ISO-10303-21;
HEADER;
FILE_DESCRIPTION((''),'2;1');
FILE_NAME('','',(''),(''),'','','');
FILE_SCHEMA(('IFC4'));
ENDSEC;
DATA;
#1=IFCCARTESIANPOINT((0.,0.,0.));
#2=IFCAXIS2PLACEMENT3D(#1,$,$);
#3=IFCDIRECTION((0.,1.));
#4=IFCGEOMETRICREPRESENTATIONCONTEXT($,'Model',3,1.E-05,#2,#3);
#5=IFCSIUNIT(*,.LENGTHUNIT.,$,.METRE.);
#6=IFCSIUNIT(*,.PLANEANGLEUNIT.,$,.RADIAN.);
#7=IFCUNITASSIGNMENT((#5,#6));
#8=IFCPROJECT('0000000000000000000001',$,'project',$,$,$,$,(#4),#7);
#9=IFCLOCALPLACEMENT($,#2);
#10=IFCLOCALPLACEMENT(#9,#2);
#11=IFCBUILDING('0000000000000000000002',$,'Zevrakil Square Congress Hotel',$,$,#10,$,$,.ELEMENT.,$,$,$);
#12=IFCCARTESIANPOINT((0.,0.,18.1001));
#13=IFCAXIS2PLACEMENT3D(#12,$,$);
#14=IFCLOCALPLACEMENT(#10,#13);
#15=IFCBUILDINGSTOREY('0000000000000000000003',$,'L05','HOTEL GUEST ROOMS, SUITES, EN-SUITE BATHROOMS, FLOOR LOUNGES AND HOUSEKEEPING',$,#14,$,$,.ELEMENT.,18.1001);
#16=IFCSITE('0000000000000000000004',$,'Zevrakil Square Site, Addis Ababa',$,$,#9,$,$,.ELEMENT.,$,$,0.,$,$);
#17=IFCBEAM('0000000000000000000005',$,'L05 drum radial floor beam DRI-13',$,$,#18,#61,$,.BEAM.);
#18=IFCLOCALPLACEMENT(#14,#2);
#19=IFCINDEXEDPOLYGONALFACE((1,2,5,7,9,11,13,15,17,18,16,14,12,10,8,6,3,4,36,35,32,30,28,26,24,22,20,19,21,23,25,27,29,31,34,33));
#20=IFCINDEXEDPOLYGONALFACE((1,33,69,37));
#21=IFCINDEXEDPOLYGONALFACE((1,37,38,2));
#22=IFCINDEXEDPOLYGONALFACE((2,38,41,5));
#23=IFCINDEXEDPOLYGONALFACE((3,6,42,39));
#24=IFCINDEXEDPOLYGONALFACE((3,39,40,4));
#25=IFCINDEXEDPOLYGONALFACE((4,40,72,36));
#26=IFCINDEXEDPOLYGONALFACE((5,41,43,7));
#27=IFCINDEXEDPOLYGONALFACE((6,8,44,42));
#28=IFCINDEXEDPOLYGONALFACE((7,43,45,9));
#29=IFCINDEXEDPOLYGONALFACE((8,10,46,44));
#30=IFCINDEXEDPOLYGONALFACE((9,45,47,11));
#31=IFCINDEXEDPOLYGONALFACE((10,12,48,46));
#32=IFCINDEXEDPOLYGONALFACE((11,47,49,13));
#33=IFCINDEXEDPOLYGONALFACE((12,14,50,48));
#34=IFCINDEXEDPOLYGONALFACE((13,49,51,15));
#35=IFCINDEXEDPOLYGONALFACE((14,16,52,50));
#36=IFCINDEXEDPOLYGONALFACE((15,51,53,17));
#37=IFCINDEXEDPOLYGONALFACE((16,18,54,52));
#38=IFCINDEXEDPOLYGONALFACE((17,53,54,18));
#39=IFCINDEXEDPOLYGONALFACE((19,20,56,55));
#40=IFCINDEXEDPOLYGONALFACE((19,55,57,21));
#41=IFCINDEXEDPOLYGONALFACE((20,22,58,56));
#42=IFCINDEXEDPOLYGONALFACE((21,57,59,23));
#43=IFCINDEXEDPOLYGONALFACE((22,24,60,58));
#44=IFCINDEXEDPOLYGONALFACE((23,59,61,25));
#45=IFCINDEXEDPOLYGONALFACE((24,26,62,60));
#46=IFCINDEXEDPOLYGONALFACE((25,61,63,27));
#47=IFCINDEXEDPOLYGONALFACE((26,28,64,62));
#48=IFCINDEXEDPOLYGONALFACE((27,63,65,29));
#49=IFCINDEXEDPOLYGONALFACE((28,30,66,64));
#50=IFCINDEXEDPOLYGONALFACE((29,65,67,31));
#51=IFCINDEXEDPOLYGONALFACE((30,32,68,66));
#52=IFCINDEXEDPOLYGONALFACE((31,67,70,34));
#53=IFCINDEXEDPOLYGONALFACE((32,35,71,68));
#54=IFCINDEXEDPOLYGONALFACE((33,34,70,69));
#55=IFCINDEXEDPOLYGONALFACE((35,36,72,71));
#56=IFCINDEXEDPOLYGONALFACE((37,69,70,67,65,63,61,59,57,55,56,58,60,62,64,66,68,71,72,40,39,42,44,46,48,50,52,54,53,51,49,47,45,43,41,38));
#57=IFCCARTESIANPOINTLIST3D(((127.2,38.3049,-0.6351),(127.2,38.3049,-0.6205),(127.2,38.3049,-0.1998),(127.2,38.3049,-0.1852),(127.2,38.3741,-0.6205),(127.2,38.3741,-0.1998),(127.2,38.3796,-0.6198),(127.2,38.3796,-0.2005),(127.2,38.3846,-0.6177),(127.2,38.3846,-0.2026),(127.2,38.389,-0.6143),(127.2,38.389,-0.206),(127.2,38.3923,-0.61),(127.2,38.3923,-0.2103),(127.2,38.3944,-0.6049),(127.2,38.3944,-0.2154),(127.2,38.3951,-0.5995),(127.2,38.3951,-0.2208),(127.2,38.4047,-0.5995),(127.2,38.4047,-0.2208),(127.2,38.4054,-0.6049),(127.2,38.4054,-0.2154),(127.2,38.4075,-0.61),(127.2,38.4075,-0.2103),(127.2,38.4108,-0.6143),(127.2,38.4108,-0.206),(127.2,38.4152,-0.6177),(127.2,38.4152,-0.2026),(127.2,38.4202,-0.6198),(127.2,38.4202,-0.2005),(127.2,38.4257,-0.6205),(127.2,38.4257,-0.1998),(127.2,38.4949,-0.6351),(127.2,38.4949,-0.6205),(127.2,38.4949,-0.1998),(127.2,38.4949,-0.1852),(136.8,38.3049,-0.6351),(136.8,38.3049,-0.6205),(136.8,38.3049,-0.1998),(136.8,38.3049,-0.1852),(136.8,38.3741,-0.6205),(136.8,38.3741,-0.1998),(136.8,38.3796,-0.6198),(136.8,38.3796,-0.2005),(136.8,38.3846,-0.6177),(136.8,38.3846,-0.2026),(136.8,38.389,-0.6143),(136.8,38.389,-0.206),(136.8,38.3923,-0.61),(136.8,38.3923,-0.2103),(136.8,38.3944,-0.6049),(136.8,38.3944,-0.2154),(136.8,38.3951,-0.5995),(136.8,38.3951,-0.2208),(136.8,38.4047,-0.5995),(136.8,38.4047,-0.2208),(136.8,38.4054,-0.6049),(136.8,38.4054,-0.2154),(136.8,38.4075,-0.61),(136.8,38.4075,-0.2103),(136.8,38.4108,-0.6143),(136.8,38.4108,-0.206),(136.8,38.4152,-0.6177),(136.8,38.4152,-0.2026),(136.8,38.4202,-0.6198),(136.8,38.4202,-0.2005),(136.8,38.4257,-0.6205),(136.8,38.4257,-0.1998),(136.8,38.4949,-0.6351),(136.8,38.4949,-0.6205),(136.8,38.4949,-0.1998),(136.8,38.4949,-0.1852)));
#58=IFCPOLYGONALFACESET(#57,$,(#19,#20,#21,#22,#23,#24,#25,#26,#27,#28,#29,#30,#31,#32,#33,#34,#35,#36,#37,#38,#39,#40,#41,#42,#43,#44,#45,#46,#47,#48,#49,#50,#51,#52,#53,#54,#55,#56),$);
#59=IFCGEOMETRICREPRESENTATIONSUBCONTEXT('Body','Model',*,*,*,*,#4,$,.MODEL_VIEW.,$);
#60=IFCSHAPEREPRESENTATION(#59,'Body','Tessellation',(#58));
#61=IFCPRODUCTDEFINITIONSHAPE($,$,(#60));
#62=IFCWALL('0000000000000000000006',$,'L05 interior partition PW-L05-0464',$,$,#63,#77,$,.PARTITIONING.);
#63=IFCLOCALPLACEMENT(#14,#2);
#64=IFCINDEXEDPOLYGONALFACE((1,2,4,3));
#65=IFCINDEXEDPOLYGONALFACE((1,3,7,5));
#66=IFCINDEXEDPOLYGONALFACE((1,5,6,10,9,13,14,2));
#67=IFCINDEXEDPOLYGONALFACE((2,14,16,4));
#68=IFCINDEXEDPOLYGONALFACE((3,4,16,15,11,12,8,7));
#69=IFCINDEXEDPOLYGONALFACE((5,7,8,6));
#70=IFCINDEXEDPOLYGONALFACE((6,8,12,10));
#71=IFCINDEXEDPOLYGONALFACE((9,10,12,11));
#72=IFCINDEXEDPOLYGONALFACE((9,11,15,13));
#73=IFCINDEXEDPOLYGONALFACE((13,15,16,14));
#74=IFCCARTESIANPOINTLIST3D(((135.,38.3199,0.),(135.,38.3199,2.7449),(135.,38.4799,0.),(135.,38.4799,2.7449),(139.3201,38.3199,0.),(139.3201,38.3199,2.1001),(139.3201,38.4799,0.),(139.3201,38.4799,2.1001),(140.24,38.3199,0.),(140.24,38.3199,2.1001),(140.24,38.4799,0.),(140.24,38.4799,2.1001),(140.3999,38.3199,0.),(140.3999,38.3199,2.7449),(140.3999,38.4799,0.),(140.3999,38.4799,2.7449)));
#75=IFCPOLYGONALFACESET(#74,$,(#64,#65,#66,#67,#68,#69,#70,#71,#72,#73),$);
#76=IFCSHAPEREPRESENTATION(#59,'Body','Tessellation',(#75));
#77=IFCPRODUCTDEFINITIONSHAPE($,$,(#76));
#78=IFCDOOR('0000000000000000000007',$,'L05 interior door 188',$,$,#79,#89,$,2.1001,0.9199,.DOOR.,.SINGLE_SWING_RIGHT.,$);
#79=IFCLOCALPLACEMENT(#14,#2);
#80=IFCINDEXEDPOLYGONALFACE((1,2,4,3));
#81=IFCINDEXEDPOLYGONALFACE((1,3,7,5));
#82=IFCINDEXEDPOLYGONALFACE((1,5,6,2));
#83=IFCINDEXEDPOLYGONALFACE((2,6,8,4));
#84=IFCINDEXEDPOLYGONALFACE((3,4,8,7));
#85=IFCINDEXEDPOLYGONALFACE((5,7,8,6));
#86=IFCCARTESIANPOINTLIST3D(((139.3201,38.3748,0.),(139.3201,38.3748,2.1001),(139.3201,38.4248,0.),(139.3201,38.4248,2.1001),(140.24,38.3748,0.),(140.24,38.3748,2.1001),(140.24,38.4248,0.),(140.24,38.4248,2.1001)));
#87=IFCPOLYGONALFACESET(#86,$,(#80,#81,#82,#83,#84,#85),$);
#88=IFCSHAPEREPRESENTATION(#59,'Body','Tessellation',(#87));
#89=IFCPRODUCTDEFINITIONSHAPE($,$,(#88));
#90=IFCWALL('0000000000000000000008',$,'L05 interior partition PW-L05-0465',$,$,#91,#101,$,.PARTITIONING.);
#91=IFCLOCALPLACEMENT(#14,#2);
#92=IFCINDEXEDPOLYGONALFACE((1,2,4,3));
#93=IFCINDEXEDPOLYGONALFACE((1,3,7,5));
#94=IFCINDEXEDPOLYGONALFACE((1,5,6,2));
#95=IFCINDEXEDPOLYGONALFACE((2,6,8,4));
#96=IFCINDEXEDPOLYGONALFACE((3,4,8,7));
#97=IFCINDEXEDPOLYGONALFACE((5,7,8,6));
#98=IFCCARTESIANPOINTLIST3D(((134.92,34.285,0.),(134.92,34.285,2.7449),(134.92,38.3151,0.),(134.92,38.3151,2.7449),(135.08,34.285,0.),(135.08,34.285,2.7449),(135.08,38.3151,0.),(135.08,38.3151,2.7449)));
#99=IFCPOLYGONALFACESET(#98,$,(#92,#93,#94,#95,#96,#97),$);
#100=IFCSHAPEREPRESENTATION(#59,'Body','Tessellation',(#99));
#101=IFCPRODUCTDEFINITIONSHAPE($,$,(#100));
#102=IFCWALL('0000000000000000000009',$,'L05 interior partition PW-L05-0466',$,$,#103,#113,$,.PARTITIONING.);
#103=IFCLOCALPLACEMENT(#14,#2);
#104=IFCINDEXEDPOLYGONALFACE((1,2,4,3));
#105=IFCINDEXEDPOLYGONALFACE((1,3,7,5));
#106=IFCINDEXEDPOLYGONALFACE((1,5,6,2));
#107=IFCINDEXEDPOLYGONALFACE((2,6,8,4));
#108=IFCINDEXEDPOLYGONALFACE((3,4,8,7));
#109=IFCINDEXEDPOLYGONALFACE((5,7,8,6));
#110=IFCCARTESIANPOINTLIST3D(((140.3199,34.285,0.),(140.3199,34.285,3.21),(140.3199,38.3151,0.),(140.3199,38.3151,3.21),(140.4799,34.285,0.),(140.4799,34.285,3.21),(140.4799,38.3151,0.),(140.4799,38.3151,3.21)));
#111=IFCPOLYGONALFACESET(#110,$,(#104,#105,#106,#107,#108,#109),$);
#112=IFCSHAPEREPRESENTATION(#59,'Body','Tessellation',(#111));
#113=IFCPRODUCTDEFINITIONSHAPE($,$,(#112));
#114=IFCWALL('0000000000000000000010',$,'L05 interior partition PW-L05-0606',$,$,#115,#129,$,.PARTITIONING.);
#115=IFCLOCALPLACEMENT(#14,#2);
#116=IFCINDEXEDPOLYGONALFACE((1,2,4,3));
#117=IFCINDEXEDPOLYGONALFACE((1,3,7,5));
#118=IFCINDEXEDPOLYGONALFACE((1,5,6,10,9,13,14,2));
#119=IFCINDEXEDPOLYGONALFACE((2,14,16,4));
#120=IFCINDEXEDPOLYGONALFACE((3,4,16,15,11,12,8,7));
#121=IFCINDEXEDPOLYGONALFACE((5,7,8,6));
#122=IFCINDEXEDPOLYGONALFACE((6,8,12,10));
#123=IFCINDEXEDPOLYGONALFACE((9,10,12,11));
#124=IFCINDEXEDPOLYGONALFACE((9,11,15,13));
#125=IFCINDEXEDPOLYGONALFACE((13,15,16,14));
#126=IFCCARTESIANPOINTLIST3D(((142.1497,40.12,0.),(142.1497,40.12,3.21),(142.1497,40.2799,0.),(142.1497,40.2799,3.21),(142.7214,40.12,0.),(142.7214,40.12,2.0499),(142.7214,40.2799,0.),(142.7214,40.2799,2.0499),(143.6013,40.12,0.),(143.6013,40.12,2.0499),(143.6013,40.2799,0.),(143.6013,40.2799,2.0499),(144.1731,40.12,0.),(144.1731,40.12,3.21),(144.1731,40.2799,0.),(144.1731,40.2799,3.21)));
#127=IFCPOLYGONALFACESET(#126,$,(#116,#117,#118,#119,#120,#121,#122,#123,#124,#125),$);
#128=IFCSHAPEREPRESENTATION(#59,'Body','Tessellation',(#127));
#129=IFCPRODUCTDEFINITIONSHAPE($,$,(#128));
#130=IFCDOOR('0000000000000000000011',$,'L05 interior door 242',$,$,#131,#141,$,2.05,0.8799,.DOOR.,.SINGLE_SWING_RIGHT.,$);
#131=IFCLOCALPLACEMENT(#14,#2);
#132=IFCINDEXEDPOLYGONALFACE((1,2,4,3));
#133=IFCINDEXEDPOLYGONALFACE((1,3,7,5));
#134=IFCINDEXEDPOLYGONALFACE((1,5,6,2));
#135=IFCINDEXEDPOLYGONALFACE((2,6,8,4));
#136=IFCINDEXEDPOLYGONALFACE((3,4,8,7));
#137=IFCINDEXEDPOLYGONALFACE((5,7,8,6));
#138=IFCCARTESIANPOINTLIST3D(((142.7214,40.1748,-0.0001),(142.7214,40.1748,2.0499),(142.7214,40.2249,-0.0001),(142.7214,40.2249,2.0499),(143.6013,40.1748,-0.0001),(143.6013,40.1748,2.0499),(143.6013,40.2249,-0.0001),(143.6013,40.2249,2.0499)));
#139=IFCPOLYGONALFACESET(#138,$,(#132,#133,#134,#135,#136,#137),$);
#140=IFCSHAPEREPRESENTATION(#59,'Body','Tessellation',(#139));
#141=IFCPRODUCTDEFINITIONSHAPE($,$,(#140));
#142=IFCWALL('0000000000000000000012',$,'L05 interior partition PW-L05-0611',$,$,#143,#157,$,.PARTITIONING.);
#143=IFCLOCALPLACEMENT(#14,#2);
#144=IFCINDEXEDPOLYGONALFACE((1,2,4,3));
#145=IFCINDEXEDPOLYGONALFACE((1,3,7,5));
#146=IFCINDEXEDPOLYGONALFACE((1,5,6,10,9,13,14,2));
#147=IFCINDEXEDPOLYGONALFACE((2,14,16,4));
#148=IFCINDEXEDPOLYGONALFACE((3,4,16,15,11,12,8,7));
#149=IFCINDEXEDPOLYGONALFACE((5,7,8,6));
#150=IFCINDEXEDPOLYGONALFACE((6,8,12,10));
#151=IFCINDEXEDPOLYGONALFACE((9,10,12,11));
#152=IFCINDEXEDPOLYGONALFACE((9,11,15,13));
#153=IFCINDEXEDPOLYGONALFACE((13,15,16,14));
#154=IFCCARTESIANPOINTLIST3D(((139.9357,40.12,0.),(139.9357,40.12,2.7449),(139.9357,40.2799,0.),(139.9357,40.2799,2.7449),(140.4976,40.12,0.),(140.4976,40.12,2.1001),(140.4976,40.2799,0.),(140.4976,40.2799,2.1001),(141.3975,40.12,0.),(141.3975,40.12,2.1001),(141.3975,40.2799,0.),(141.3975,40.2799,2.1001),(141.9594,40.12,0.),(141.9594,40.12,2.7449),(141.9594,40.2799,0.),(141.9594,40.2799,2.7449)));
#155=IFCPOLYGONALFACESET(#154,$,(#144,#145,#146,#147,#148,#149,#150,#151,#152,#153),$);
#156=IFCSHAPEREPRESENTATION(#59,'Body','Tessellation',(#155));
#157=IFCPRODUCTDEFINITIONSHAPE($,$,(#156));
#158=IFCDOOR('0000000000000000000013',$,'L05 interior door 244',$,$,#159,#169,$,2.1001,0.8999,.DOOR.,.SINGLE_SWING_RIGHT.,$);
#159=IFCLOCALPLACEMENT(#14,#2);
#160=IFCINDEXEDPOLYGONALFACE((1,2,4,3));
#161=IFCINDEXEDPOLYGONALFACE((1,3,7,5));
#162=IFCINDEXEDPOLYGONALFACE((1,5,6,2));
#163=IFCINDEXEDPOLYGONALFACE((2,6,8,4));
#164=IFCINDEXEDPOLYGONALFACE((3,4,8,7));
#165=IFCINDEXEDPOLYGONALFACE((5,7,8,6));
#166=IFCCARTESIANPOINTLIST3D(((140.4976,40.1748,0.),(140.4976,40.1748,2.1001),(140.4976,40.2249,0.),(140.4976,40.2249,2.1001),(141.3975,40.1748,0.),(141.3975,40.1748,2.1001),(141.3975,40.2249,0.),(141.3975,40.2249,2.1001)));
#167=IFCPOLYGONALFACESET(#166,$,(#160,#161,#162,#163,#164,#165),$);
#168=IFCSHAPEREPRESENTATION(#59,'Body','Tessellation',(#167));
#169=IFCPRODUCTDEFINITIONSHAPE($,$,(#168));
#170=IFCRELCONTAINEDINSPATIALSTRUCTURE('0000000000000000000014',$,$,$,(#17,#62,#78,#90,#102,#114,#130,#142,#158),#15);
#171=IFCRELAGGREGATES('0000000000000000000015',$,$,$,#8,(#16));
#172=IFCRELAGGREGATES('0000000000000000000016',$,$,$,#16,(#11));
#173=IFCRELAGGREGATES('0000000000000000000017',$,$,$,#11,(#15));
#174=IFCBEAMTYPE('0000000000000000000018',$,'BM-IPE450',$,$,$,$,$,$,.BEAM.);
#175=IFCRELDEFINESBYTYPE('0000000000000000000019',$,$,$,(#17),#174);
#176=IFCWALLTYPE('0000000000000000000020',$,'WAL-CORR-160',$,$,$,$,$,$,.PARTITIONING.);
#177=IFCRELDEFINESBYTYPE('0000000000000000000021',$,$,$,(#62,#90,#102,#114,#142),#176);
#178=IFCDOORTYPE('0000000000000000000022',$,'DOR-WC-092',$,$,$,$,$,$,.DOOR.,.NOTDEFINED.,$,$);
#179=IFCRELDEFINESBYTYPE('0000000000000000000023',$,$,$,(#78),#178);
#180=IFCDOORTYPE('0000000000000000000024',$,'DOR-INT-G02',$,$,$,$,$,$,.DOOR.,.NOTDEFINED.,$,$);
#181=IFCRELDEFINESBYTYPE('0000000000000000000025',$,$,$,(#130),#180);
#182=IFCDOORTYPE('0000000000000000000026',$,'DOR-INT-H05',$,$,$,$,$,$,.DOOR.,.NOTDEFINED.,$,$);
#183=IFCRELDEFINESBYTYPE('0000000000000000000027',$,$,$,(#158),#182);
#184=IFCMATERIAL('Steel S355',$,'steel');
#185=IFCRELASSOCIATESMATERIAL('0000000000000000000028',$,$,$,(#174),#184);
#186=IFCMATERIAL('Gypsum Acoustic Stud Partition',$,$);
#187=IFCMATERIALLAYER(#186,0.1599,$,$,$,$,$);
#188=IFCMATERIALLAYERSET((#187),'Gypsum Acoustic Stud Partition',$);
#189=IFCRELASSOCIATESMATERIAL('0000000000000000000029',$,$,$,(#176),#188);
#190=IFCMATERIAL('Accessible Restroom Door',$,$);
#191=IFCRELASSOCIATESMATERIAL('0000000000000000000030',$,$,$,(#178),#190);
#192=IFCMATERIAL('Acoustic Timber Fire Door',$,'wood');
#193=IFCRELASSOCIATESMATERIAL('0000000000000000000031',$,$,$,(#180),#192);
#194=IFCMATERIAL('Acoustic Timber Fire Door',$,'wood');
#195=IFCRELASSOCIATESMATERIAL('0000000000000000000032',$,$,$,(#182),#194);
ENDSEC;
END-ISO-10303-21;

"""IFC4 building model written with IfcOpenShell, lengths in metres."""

from ifc_helpers import new_model, si_unit, direction, frame, frame_2d, origin, origin_2d, place, context, subcontext, project, spatial, rectangle, i_section, extrude, material, layer, layer_set, material_profile, profile_set, type_object, element, fill, save


model = new_model("IFC4")

# Units and contexts
model_context = context("Model", 3, precision=1e-05, world=origin(), true_north=direction((0.0, 1.0)))
body_context = subcontext(model_context, "Body", "Model", "MODEL_VIEW")
ifc_project = project(units=[si_unit("LENGTHUNIT", "METRE"), si_unit("PLANEANGLEUNIT", "RADIAN")], contexts=[model_context])

# Site, building, storey
site_placement = place(None, origin())
site = spatial("IfcSite", under=ifc_project, at=site_placement, Name="Zevrakil Square Site, Addis Ababa", CompositionType="ELEMENT", RefElevation=0.0)
building_placement = place(site_placement, origin())
building = spatial("IfcBuilding", under=site, at=building_placement, Name="Zevrakil Square Congress Hotel", CompositionType="ELEMENT")
storey_placement = place(building_placement, frame((0.0, 0.0, 18.1001)))
storey = spatial("IfcBuildingStorey", under=building, at=storey_placement, Name="L05", Description="HOTEL GUEST ROOMS, SUITES, EN-SUITE BATHROOMS, FLOOR LOUNGES AND HOUSEKEEPING", CompositionType="ELEMENT", Elevation=18.1001)

# Beam
ifc_material_1 = material(Name="Steel S355", Category="steel")
ifc_material_profile_1 = material_profile(ifc_material_1, i_section(OverallWidth=0.1899, OverallDepth=0.45, WebThickness=0.0095, FlangeThickness=0.0146, FilletRadius=0.021, at=origin_2d()), Name="IPE 450")
ifc_profile_set_1 = profile_set([ifc_material_profile_1], Name="Steel S355")
beam_type = type_object("IfcBeamType", Name="BM-IPE450", PredefinedType="BEAM", material=ifc_profile_set_1)
beam_1_placement = place(storey_placement, frame((136.8, 38.3999, -0.4102), z_axis=(-1.0, 0.0, 0.0), x_axis=(0.0, -1.0, 0.0)))
element("IfcBeam", 1, at=beam_1_placement, inside=storey, type_object=beam_type, Name="L05 drum radial floor beam DRI-13", PredefinedType="BEAM", context=body_context, shape_type="SweptSolid", body=[
    extrude(i_section(OverallWidth=0.1899, OverallDepth=0.45, WebThickness=0.0095, FlangeThickness=0.0146, FilletRadius=0.021, at=origin_2d()), origin(), (0.0, 0.0, 1.0), 9.6001),
])

# Wall, opening, door
ifc_material_2 = material(Name="Gypsum Acoustic Stud Partition")
ifc_layer_1 = layer(ifc_material_2, 0.1599)
ifc_layer_set_1 = layer_set([ifc_layer_1], Name="Gypsum Acoustic Stud Partition")
wall_type_1 = type_object("IfcWallType", Name="WAL-CORR-160", PredefinedType="PARTITIONING", material=ifc_layer_set_1)
wall_1_placement = place(storey_placement, frame((135.0, 38.3999, 0.0), z_axis=(0.0, 0.0, 1.0), x_axis=(1.0, 0.0, 0.0)))
wall_1 = element("IfcWall", 2, at=wall_1_placement, inside=storey, type_object=wall_type_1, Name="L05 interior partition PW-L05-0464", PredefinedType="PARTITIONING", context=body_context, shape_type="SweptSolid", body=[
    extrude(rectangle(XDim=5.3999, YDim=0.1599, at=frame_2d((2.7, 0.0))), origin(), (0.0, 0.0, 1.0), 2.7449),
])
opening_1_placement = place(wall_1_placement, frame((4.3201, 0.0, 0.0)))
opening_1 = element("IfcOpeningElement", 3, at=opening_1_placement, cuts=wall_1, PredefinedType="OPENING", context=body_context, shape_type="SweptSolid", body=[
    extrude(rectangle(XDim=0.9199, YDim=2.1001, at=frame_2d((0.46, 1.05))), frame((0.0, 0.0898, 0.0), z_axis=(0.0, -1.0, 0.0), x_axis=(1.0, 0.0, 0.0)), (0.0, 0.0, 1.0), 0.1799),
])
ifc_material_3 = material(Name="Accessible Restroom Door")
door_type_1 = type_object("IfcDoorType", Name="DOR-WC-092", OperationType="NOTDEFINED", PredefinedType="DOOR", material=ifc_material_3)
door_1_placement = place(opening_1_placement, origin())
door_1 = element("IfcDoor", 4, at=door_1_placement, inside=storey, type_object=door_type_1, Name="L05 interior door 188", OperationType="SINGLE_SWING_RIGHT", OverallHeight=2.1001, OverallWidth=0.9199, PredefinedType="DOOR", context=body_context, shape_type="SweptSolid", body=[
    extrude(rectangle(XDim=0.9199, YDim=2.1001, at=frame_2d((0.46, 1.05))), frame((0.0, 0.0249, 0.0), z_axis=(0.0, -1.0, 0.0), x_axis=(1.0, 0.0, 0.0)), (0.0, 0.0, 1.0), 0.05),
])
fill(opening_1, door_1)

# Walls
wall_2_placement = place(storey_placement, frame((135.0, 34.2849, 0.0), z_axis=(0.0, 0.0, 1.0), x_axis=(0.0, 1.0, 0.0)))
element("IfcWall", 5, at=wall_2_placement, inside=storey, type_object=wall_type_1, Name="L05 interior partition PW-L05-0465", PredefinedType="PARTITIONING", context=body_context, shape_type="SweptSolid", body=[
    extrude(rectangle(XDim=4.03, YDim=0.1599, at=frame_2d((2.0151, 0.0))), origin(), (0.0, 0.0, 1.0), 2.7449),
])
wall_3_placement = place(storey_placement, frame((140.3999, 34.2849, 0.0), z_axis=(0.0, 0.0, 1.0), x_axis=(0.0, 1.0, 0.0)))
element("IfcWall", 6, at=wall_3_placement, inside=storey, type_object=wall_type_1, Name="L05 interior partition PW-L05-0466", PredefinedType="PARTITIONING", context=body_context, shape_type="SweptSolid", body=[
    extrude(rectangle(XDim=4.03, YDim=0.1599, at=frame_2d((2.0151, 0.0))), origin(), (0.0, 0.0, 1.0), 3.21),
])

# Walls, openings, doors
wall_4_placement = place(storey_placement, frame((142.1497, 40.2, 0.0), z_axis=(0.0, 0.0, 1.0), x_axis=(1.0, 0.0, 0.0)))
wall_4 = element("IfcWall", 7, at=wall_4_placement, inside=storey, type_object=wall_type_1, Name="L05 interior partition PW-L05-0606", PredefinedType="PARTITIONING", context=body_context, shape_type="SweptSolid", body=[
    extrude(rectangle(XDim=2.0234, YDim=0.1599, at=frame_2d((1.0117, 0.0))), origin(), (0.0, 0.0, 1.0), 3.21),
])
opening_2_placement = place(wall_4_placement, frame((0.5718, 0.0, 0.0)))
opening_2 = element("IfcOpeningElement", 8, at=opening_2_placement, cuts=wall_4, PredefinedType="OPENING", context=body_context, shape_type="SweptSolid", body=[
    extrude(rectangle(XDim=0.8799, YDim=2.05, at=frame_2d((0.4399, 1.0249))), frame((0.0, 0.0898, 0.0), z_axis=(0.0, -1.0, 0.0), x_axis=(1.0, 0.0, 0.0)), (0.0, 0.0, 1.0), 0.1799),
])
ifc_material_4 = material(Name="Acoustic Timber Fire Door", Category="wood")
door_type_2 = type_object("IfcDoorType", Name="DOR-INT-G02", OperationType="NOTDEFINED", PredefinedType="DOOR", material=ifc_material_4)
door_2_placement = place(opening_2_placement, origin())
door_2 = element("IfcDoor", 9, at=door_2_placement, inside=storey, type_object=door_type_2, Name="L05 interior door 242", OperationType="SINGLE_SWING_RIGHT", OverallHeight=2.05, OverallWidth=0.8799, PredefinedType="DOOR", context=body_context, shape_type="SweptSolid", body=[
    extrude(rectangle(XDim=0.8799, YDim=2.05, at=frame_2d((0.4399, 1.0249))), frame((0.0, 0.0249, 0.0), z_axis=(0.0, -1.0, 0.0), x_axis=(1.0, 0.0, 0.0)), (0.0, 0.0, 1.0), 0.05),
])
fill(opening_2, door_2)
wall_5_placement = place(storey_placement, frame((139.9358, 40.2, 0.0), z_axis=(0.0, 0.0, 1.0), x_axis=(1.0, 0.0, 0.0)))
wall_5 = element("IfcWall", 10, at=wall_5_placement, inside=storey, type_object=wall_type_1, Name="L05 interior partition PW-L05-0611", PredefinedType="PARTITIONING", context=body_context, shape_type="SweptSolid", body=[
    extrude(rectangle(XDim=2.0237, YDim=0.1599, at=frame_2d((1.0117, 0.0))), origin(), (0.0, 0.0, 1.0), 2.7449),
])
opening_3_placement = place(wall_5_placement, frame((0.5618, 0.0, 0.0)))
opening_3 = element("IfcOpeningElement", 11, at=opening_3_placement, cuts=wall_5, PredefinedType="OPENING", context=body_context, shape_type="SweptSolid", body=[
    extrude(rectangle(XDim=0.8999, YDim=2.1001, at=frame_2d((0.45, 1.05))), frame((0.0, 0.0898, 0.0), z_axis=(0.0, -1.0, 0.0), x_axis=(1.0, 0.0, 0.0)), (0.0, 0.0, 1.0), 0.1799),
])
ifc_material_5 = material(Name="Acoustic Timber Fire Door", Category="wood")
door_type_3 = type_object("IfcDoorType", Name="DOR-INT-H05", OperationType="NOTDEFINED", PredefinedType="DOOR", material=ifc_material_5)
door_3_placement = place(opening_3_placement, origin())
door_3 = element("IfcDoor", 12, at=door_3_placement, inside=storey, type_object=door_type_3, Name="L05 interior door 244", OperationType="SINGLE_SWING_RIGHT", OverallHeight=2.1001, OverallWidth=0.8999, PredefinedType="DOOR", context=body_context, shape_type="SweptSolid", body=[
    extrude(rectangle(XDim=0.8999, YDim=2.1001, at=frame_2d((0.45, 1.05))), frame((0.0, 0.0249, 0.0), z_axis=(0.0, -1.0, 0.0), x_axis=(1.0, 0.0, 0.0)), (0.0, 0.0, 1.0), 0.05),
])
fill(opening_3, door_3)

save(model, "model.ifc")
